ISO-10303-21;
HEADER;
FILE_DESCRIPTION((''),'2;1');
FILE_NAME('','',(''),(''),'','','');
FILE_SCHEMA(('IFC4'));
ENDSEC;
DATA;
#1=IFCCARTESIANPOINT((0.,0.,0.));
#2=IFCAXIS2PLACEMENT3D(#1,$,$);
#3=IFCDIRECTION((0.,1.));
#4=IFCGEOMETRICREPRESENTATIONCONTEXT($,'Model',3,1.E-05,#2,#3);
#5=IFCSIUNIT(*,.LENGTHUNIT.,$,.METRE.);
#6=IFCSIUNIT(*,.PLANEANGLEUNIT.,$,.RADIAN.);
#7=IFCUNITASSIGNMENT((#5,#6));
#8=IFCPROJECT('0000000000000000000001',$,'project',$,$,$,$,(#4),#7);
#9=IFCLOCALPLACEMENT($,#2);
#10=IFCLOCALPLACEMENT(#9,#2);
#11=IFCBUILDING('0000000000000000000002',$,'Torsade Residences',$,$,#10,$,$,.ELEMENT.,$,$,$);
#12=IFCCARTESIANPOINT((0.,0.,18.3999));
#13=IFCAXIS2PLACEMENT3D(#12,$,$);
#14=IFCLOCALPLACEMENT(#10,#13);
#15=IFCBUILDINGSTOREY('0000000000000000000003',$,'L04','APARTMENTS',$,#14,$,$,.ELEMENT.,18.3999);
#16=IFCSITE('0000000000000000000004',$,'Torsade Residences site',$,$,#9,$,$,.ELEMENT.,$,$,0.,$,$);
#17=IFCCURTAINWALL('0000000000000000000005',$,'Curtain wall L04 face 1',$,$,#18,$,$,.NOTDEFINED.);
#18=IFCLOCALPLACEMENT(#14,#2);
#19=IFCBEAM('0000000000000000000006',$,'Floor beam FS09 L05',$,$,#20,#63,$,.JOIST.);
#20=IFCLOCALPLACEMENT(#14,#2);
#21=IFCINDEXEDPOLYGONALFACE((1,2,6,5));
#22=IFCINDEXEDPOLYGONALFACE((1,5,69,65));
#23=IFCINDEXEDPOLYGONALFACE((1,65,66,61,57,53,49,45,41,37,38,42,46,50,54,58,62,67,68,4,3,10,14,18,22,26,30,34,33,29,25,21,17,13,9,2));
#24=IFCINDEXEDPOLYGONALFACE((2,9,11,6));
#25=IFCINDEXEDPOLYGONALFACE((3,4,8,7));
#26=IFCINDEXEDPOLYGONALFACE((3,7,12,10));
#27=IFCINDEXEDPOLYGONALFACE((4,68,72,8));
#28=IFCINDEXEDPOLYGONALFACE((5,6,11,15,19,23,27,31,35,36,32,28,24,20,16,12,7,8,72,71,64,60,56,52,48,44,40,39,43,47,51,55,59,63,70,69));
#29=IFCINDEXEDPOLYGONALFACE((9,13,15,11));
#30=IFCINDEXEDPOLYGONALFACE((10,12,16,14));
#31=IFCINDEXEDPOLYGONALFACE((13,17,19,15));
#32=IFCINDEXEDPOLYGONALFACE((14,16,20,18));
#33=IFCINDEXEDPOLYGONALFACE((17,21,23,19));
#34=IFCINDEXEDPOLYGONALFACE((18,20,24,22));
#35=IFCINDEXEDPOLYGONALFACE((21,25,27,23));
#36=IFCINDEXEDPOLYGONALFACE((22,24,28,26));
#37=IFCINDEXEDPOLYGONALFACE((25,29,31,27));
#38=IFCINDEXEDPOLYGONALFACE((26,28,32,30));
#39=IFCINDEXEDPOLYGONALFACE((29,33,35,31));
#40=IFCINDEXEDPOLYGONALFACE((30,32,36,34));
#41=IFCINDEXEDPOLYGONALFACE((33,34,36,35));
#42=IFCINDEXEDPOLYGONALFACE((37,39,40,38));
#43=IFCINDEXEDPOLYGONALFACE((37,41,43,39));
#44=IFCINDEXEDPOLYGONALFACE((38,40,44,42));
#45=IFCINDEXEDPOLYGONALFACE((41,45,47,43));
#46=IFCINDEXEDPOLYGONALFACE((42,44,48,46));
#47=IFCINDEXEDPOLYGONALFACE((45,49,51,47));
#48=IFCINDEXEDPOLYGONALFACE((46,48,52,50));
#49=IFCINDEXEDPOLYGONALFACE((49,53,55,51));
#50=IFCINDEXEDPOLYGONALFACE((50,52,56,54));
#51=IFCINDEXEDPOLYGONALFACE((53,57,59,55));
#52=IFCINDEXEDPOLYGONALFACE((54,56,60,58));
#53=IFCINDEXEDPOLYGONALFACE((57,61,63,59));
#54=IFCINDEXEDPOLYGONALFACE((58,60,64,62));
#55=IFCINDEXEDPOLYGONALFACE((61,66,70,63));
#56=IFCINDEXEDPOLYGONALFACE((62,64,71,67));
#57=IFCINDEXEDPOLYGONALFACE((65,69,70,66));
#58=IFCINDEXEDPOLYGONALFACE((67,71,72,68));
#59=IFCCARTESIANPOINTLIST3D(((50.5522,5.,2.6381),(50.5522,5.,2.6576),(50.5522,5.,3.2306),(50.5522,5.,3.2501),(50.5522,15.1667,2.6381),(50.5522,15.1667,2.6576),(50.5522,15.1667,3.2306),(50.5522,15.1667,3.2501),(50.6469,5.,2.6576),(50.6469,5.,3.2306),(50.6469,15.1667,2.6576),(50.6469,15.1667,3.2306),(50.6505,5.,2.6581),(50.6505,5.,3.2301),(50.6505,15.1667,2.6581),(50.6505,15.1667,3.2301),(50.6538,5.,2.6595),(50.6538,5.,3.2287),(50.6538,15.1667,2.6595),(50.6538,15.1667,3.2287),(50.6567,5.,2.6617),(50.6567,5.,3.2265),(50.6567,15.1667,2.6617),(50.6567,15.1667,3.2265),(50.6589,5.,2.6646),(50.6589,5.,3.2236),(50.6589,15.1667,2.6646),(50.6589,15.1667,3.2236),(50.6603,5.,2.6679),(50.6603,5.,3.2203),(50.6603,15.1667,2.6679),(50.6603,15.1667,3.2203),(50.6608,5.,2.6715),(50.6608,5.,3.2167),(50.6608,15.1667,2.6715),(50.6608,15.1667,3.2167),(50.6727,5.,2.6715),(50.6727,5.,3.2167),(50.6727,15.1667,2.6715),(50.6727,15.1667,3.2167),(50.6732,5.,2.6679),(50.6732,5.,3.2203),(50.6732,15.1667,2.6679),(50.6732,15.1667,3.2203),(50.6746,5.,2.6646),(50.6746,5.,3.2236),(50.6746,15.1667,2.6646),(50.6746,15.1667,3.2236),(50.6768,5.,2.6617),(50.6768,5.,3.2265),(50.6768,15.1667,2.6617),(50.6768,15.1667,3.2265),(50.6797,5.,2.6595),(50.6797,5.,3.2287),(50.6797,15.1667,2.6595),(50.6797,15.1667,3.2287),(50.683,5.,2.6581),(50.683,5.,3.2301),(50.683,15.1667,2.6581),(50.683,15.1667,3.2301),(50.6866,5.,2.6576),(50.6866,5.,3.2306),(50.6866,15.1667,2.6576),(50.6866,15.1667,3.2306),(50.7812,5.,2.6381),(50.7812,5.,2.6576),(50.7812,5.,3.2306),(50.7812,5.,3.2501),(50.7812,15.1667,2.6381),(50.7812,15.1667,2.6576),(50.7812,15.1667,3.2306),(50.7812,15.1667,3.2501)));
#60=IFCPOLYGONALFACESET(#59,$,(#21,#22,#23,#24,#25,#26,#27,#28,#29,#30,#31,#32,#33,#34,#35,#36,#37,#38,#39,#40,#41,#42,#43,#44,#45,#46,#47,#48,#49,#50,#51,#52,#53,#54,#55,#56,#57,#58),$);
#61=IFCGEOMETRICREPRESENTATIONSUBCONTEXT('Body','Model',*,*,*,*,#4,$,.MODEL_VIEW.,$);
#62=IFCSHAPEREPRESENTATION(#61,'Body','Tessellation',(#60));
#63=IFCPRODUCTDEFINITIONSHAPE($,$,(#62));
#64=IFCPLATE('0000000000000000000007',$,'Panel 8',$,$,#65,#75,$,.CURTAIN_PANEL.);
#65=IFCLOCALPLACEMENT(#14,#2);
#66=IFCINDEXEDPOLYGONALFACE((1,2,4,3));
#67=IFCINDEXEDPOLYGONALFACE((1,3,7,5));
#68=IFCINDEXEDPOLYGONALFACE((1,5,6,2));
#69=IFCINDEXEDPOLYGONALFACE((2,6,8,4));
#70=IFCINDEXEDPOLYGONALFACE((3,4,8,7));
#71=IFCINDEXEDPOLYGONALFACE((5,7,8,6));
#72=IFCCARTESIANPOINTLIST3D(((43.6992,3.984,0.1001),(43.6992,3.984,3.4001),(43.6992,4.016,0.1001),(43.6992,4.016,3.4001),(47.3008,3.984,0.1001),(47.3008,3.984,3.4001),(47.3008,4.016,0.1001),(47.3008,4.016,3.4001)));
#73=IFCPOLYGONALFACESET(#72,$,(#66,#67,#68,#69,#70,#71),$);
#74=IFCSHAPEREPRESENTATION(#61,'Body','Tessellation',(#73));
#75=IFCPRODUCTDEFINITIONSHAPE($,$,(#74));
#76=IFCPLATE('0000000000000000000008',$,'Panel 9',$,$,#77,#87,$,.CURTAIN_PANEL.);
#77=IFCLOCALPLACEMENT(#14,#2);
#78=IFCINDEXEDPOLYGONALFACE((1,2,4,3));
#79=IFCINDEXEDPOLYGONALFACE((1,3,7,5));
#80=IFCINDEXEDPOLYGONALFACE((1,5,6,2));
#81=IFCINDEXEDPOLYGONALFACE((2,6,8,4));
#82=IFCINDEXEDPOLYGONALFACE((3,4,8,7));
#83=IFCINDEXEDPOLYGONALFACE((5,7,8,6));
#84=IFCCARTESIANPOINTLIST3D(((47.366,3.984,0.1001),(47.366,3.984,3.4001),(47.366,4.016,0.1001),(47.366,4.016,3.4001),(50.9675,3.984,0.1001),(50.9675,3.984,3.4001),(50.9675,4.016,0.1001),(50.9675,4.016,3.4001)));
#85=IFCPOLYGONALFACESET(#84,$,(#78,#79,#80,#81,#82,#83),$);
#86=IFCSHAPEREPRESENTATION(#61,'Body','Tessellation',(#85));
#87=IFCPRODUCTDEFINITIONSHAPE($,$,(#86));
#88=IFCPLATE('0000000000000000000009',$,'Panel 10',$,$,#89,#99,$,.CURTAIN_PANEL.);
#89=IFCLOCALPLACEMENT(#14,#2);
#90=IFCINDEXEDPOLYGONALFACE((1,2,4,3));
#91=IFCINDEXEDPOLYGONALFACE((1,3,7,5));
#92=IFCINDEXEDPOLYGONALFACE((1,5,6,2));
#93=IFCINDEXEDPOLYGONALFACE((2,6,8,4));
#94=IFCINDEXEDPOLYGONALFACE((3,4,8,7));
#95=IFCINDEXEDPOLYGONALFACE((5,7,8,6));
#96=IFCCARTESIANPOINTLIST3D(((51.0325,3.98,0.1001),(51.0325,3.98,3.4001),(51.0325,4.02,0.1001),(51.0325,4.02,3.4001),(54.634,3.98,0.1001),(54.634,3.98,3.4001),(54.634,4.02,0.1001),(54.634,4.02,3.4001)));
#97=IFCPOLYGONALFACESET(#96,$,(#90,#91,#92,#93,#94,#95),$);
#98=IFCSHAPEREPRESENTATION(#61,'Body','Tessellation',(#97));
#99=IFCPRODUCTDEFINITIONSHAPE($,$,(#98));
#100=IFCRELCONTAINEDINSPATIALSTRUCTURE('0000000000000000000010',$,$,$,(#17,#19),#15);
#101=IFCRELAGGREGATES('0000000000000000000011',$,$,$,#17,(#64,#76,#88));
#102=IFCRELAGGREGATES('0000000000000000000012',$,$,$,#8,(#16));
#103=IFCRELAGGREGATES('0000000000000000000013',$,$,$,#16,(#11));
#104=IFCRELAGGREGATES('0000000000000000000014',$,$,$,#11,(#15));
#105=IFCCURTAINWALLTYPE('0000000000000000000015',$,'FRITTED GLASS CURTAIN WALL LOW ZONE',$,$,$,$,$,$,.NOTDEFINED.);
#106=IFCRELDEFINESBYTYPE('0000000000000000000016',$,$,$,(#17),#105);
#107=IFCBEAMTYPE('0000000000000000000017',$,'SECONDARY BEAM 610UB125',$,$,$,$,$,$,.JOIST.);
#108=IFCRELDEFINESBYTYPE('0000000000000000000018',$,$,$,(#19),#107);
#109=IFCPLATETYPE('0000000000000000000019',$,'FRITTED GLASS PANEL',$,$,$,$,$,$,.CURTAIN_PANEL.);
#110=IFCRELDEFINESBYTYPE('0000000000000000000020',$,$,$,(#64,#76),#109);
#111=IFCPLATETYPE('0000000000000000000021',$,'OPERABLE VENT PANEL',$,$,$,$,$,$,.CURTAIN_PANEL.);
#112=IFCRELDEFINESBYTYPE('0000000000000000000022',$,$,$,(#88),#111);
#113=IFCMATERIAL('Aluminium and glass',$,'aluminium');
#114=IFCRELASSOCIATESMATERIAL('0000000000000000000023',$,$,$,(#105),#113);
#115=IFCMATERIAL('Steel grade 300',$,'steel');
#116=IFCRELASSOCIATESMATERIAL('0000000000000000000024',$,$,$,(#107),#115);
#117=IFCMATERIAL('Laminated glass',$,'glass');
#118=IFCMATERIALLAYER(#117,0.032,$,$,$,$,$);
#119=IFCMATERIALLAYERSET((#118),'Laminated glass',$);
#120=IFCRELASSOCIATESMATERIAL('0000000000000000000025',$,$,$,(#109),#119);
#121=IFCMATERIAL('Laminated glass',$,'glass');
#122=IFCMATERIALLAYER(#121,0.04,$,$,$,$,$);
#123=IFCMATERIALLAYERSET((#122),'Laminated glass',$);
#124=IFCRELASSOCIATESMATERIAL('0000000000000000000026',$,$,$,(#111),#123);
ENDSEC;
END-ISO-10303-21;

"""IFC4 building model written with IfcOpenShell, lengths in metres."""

from ifc_helpers import new_model, si_unit, direction, frame, origin, origin_2d, place, context, subcontext, project, spatial, rectangle, i_section, extrude, material, layer, layer_set, material_profile, profile_set, type_object, element, aggregate, save


model = new_model("IFC4")

# Units and contexts
model_context = context("Model", 3, precision=1e-05, world=origin(), true_north=direction((0.0, 1.0)))
body_context = subcontext(model_context, "Body", "Model", "MODEL_VIEW")
ifc_project = project(units=[si_unit("LENGTHUNIT", "METRE"), si_unit("PLANEANGLEUNIT", "RADIAN")], contexts=[model_context])

# Site, building, storey
site_placement = place(None, origin())
site = spatial("IfcSite", under=ifc_project, at=site_placement, Name="Torsade Residences site", CompositionType="ELEMENT", RefElevation=0.0)
building_placement = place(site_placement, origin())
building = spatial("IfcBuilding", under=site, at=building_placement, Name="Torsade Residences", CompositionType="ELEMENT")
storey_placement = place(building_placement, frame((0.0, 0.0, 18.3999)))
storey = spatial("IfcBuildingStorey", under=building, at=storey_placement, Name="L04", Description="APARTMENTS", CompositionType="ELEMENT", Elevation=18.3999)

# Curtain wall
ifc_material_1 = material(Name="Aluminium and glass", Category="aluminium")
curtain_wall_type = type_object("IfcCurtainWallType", Name="FRITTED GLASS CURTAIN WALL LOW ZONE", PredefinedType="NOTDEFINED", material=ifc_material_1)
curtain_wall_placement = place(storey_placement, origin())
curtain_wall = element("IfcCurtainWall", 1, at=curtain_wall_placement, inside=storey, type_object=curtain_wall_type, Name="Curtain wall L04 face 1", PredefinedType="NOTDEFINED")

# Beam
ifc_material_2 = material(Name="Steel grade 300", Category="steel")
ifc_material_profile_1 = material_profile(ifc_material_2, i_section(OverallWidth=0.229, OverallDepth=0.6121, WebThickness=0.012, FlangeThickness=0.0195, FilletRadius=0.0139, at=origin_2d()), Name="610UB125")
ifc_profile_set_1 = profile_set([ifc_material_profile_1], Name="Steel grade 300")
beam_type_1 = type_object("IfcBeamType", Name="SECONDARY BEAM 610UB125", PredefinedType="JOIST", material=ifc_profile_set_1)
beam_1_placement = place(storey_placement, frame((50.6667, 5.0, 2.9441), z_axis=(0.0, 1.0, 0.0), x_axis=(-1.0, 0.0, 0.0)))
element("IfcBeam", 2, at=beam_1_placement, inside=storey, type_object=beam_type_1, Name="Floor beam FS09 L05", PredefinedType="JOIST", context=body_context, shape_type="SweptSolid", body=[
    extrude(i_section(OverallWidth=0.229, OverallDepth=0.6121, WebThickness=0.012, FlangeThickness=0.0195, FilletRadius=0.0139, at=origin_2d()), origin(), (0.0, 0.0, 1.0), 10.1667),
])

# Plates
ifc_material_3 = material(Name="Laminated glass", Category="glass")
ifc_layer_1 = layer(ifc_material_3, 0.032)
ifc_layer_set_1 = layer_set([ifc_layer_1], Name="Laminated glass")
plate_type_1 = type_object("IfcPlateType", Name="FRITTED GLASS PANEL", PredefinedType="CURTAIN_PANEL", material=ifc_layer_set_1)
plate_1_placement = place(storey_placement, frame((45.5, 4.0, 0.1001), z_axis=(0.0, 0.0, 1.0), x_axis=(1.0, 0.0, 0.0)))
plate_1 = element("IfcPlate", 3, at=plate_1_placement, type_object=plate_type_1, Name="Panel 8", PredefinedType="CURTAIN_PANEL", context=body_context, shape_type="SweptSolid", body=[
    extrude(rectangle(XDim=3.6016, YDim=0.032, at=origin_2d()), origin(), (0.0, 0.0, 1.0), 3.3),
])
plate_2_placement = place(storey_placement, frame((49.1667, 4.0, 0.1001), z_axis=(0.0, 0.0, 1.0), x_axis=(1.0, 0.0, 0.0)))
plate_2 = element("IfcPlate", 4, at=plate_2_placement, type_object=plate_type_1, Name="Panel 9", PredefinedType="CURTAIN_PANEL", context=body_context, shape_type="SweptSolid", body=[
    extrude(rectangle(XDim=3.6016, YDim=0.032, at=origin_2d()), origin(), (0.0, 0.0, 1.0), 3.3),
])
ifc_material_4 = material(Name="Laminated glass", Category="glass")
ifc_layer_2 = layer(ifc_material_4, 0.04)
ifc_layer_set_2 = layer_set([ifc_layer_2], Name="Laminated glass")
plate_type_2 = type_object("IfcPlateType", Name="OPERABLE VENT PANEL", PredefinedType="CURTAIN_PANEL", material=ifc_layer_set_2)
plate_3_placement = place(storey_placement, frame((52.8333, 4.0, 0.1001), z_axis=(0.0, 0.0, 1.0), x_axis=(1.0, 0.0, 0.0)))
plate_3 = element("IfcPlate", 5, at=plate_3_placement, type_object=plate_type_2, Name="Panel 10", PredefinedType="CURTAIN_PANEL", context=body_context, shape_type="SweptSolid", body=[
    extrude(rectangle(XDim=3.6016, YDim=0.04, at=origin_2d()), origin(), (0.0, 0.0, 1.0), 3.3),
])
aggregate(curtain_wall, [plate_1, plate_2, plate_3])

save(model, "model.ifc")
